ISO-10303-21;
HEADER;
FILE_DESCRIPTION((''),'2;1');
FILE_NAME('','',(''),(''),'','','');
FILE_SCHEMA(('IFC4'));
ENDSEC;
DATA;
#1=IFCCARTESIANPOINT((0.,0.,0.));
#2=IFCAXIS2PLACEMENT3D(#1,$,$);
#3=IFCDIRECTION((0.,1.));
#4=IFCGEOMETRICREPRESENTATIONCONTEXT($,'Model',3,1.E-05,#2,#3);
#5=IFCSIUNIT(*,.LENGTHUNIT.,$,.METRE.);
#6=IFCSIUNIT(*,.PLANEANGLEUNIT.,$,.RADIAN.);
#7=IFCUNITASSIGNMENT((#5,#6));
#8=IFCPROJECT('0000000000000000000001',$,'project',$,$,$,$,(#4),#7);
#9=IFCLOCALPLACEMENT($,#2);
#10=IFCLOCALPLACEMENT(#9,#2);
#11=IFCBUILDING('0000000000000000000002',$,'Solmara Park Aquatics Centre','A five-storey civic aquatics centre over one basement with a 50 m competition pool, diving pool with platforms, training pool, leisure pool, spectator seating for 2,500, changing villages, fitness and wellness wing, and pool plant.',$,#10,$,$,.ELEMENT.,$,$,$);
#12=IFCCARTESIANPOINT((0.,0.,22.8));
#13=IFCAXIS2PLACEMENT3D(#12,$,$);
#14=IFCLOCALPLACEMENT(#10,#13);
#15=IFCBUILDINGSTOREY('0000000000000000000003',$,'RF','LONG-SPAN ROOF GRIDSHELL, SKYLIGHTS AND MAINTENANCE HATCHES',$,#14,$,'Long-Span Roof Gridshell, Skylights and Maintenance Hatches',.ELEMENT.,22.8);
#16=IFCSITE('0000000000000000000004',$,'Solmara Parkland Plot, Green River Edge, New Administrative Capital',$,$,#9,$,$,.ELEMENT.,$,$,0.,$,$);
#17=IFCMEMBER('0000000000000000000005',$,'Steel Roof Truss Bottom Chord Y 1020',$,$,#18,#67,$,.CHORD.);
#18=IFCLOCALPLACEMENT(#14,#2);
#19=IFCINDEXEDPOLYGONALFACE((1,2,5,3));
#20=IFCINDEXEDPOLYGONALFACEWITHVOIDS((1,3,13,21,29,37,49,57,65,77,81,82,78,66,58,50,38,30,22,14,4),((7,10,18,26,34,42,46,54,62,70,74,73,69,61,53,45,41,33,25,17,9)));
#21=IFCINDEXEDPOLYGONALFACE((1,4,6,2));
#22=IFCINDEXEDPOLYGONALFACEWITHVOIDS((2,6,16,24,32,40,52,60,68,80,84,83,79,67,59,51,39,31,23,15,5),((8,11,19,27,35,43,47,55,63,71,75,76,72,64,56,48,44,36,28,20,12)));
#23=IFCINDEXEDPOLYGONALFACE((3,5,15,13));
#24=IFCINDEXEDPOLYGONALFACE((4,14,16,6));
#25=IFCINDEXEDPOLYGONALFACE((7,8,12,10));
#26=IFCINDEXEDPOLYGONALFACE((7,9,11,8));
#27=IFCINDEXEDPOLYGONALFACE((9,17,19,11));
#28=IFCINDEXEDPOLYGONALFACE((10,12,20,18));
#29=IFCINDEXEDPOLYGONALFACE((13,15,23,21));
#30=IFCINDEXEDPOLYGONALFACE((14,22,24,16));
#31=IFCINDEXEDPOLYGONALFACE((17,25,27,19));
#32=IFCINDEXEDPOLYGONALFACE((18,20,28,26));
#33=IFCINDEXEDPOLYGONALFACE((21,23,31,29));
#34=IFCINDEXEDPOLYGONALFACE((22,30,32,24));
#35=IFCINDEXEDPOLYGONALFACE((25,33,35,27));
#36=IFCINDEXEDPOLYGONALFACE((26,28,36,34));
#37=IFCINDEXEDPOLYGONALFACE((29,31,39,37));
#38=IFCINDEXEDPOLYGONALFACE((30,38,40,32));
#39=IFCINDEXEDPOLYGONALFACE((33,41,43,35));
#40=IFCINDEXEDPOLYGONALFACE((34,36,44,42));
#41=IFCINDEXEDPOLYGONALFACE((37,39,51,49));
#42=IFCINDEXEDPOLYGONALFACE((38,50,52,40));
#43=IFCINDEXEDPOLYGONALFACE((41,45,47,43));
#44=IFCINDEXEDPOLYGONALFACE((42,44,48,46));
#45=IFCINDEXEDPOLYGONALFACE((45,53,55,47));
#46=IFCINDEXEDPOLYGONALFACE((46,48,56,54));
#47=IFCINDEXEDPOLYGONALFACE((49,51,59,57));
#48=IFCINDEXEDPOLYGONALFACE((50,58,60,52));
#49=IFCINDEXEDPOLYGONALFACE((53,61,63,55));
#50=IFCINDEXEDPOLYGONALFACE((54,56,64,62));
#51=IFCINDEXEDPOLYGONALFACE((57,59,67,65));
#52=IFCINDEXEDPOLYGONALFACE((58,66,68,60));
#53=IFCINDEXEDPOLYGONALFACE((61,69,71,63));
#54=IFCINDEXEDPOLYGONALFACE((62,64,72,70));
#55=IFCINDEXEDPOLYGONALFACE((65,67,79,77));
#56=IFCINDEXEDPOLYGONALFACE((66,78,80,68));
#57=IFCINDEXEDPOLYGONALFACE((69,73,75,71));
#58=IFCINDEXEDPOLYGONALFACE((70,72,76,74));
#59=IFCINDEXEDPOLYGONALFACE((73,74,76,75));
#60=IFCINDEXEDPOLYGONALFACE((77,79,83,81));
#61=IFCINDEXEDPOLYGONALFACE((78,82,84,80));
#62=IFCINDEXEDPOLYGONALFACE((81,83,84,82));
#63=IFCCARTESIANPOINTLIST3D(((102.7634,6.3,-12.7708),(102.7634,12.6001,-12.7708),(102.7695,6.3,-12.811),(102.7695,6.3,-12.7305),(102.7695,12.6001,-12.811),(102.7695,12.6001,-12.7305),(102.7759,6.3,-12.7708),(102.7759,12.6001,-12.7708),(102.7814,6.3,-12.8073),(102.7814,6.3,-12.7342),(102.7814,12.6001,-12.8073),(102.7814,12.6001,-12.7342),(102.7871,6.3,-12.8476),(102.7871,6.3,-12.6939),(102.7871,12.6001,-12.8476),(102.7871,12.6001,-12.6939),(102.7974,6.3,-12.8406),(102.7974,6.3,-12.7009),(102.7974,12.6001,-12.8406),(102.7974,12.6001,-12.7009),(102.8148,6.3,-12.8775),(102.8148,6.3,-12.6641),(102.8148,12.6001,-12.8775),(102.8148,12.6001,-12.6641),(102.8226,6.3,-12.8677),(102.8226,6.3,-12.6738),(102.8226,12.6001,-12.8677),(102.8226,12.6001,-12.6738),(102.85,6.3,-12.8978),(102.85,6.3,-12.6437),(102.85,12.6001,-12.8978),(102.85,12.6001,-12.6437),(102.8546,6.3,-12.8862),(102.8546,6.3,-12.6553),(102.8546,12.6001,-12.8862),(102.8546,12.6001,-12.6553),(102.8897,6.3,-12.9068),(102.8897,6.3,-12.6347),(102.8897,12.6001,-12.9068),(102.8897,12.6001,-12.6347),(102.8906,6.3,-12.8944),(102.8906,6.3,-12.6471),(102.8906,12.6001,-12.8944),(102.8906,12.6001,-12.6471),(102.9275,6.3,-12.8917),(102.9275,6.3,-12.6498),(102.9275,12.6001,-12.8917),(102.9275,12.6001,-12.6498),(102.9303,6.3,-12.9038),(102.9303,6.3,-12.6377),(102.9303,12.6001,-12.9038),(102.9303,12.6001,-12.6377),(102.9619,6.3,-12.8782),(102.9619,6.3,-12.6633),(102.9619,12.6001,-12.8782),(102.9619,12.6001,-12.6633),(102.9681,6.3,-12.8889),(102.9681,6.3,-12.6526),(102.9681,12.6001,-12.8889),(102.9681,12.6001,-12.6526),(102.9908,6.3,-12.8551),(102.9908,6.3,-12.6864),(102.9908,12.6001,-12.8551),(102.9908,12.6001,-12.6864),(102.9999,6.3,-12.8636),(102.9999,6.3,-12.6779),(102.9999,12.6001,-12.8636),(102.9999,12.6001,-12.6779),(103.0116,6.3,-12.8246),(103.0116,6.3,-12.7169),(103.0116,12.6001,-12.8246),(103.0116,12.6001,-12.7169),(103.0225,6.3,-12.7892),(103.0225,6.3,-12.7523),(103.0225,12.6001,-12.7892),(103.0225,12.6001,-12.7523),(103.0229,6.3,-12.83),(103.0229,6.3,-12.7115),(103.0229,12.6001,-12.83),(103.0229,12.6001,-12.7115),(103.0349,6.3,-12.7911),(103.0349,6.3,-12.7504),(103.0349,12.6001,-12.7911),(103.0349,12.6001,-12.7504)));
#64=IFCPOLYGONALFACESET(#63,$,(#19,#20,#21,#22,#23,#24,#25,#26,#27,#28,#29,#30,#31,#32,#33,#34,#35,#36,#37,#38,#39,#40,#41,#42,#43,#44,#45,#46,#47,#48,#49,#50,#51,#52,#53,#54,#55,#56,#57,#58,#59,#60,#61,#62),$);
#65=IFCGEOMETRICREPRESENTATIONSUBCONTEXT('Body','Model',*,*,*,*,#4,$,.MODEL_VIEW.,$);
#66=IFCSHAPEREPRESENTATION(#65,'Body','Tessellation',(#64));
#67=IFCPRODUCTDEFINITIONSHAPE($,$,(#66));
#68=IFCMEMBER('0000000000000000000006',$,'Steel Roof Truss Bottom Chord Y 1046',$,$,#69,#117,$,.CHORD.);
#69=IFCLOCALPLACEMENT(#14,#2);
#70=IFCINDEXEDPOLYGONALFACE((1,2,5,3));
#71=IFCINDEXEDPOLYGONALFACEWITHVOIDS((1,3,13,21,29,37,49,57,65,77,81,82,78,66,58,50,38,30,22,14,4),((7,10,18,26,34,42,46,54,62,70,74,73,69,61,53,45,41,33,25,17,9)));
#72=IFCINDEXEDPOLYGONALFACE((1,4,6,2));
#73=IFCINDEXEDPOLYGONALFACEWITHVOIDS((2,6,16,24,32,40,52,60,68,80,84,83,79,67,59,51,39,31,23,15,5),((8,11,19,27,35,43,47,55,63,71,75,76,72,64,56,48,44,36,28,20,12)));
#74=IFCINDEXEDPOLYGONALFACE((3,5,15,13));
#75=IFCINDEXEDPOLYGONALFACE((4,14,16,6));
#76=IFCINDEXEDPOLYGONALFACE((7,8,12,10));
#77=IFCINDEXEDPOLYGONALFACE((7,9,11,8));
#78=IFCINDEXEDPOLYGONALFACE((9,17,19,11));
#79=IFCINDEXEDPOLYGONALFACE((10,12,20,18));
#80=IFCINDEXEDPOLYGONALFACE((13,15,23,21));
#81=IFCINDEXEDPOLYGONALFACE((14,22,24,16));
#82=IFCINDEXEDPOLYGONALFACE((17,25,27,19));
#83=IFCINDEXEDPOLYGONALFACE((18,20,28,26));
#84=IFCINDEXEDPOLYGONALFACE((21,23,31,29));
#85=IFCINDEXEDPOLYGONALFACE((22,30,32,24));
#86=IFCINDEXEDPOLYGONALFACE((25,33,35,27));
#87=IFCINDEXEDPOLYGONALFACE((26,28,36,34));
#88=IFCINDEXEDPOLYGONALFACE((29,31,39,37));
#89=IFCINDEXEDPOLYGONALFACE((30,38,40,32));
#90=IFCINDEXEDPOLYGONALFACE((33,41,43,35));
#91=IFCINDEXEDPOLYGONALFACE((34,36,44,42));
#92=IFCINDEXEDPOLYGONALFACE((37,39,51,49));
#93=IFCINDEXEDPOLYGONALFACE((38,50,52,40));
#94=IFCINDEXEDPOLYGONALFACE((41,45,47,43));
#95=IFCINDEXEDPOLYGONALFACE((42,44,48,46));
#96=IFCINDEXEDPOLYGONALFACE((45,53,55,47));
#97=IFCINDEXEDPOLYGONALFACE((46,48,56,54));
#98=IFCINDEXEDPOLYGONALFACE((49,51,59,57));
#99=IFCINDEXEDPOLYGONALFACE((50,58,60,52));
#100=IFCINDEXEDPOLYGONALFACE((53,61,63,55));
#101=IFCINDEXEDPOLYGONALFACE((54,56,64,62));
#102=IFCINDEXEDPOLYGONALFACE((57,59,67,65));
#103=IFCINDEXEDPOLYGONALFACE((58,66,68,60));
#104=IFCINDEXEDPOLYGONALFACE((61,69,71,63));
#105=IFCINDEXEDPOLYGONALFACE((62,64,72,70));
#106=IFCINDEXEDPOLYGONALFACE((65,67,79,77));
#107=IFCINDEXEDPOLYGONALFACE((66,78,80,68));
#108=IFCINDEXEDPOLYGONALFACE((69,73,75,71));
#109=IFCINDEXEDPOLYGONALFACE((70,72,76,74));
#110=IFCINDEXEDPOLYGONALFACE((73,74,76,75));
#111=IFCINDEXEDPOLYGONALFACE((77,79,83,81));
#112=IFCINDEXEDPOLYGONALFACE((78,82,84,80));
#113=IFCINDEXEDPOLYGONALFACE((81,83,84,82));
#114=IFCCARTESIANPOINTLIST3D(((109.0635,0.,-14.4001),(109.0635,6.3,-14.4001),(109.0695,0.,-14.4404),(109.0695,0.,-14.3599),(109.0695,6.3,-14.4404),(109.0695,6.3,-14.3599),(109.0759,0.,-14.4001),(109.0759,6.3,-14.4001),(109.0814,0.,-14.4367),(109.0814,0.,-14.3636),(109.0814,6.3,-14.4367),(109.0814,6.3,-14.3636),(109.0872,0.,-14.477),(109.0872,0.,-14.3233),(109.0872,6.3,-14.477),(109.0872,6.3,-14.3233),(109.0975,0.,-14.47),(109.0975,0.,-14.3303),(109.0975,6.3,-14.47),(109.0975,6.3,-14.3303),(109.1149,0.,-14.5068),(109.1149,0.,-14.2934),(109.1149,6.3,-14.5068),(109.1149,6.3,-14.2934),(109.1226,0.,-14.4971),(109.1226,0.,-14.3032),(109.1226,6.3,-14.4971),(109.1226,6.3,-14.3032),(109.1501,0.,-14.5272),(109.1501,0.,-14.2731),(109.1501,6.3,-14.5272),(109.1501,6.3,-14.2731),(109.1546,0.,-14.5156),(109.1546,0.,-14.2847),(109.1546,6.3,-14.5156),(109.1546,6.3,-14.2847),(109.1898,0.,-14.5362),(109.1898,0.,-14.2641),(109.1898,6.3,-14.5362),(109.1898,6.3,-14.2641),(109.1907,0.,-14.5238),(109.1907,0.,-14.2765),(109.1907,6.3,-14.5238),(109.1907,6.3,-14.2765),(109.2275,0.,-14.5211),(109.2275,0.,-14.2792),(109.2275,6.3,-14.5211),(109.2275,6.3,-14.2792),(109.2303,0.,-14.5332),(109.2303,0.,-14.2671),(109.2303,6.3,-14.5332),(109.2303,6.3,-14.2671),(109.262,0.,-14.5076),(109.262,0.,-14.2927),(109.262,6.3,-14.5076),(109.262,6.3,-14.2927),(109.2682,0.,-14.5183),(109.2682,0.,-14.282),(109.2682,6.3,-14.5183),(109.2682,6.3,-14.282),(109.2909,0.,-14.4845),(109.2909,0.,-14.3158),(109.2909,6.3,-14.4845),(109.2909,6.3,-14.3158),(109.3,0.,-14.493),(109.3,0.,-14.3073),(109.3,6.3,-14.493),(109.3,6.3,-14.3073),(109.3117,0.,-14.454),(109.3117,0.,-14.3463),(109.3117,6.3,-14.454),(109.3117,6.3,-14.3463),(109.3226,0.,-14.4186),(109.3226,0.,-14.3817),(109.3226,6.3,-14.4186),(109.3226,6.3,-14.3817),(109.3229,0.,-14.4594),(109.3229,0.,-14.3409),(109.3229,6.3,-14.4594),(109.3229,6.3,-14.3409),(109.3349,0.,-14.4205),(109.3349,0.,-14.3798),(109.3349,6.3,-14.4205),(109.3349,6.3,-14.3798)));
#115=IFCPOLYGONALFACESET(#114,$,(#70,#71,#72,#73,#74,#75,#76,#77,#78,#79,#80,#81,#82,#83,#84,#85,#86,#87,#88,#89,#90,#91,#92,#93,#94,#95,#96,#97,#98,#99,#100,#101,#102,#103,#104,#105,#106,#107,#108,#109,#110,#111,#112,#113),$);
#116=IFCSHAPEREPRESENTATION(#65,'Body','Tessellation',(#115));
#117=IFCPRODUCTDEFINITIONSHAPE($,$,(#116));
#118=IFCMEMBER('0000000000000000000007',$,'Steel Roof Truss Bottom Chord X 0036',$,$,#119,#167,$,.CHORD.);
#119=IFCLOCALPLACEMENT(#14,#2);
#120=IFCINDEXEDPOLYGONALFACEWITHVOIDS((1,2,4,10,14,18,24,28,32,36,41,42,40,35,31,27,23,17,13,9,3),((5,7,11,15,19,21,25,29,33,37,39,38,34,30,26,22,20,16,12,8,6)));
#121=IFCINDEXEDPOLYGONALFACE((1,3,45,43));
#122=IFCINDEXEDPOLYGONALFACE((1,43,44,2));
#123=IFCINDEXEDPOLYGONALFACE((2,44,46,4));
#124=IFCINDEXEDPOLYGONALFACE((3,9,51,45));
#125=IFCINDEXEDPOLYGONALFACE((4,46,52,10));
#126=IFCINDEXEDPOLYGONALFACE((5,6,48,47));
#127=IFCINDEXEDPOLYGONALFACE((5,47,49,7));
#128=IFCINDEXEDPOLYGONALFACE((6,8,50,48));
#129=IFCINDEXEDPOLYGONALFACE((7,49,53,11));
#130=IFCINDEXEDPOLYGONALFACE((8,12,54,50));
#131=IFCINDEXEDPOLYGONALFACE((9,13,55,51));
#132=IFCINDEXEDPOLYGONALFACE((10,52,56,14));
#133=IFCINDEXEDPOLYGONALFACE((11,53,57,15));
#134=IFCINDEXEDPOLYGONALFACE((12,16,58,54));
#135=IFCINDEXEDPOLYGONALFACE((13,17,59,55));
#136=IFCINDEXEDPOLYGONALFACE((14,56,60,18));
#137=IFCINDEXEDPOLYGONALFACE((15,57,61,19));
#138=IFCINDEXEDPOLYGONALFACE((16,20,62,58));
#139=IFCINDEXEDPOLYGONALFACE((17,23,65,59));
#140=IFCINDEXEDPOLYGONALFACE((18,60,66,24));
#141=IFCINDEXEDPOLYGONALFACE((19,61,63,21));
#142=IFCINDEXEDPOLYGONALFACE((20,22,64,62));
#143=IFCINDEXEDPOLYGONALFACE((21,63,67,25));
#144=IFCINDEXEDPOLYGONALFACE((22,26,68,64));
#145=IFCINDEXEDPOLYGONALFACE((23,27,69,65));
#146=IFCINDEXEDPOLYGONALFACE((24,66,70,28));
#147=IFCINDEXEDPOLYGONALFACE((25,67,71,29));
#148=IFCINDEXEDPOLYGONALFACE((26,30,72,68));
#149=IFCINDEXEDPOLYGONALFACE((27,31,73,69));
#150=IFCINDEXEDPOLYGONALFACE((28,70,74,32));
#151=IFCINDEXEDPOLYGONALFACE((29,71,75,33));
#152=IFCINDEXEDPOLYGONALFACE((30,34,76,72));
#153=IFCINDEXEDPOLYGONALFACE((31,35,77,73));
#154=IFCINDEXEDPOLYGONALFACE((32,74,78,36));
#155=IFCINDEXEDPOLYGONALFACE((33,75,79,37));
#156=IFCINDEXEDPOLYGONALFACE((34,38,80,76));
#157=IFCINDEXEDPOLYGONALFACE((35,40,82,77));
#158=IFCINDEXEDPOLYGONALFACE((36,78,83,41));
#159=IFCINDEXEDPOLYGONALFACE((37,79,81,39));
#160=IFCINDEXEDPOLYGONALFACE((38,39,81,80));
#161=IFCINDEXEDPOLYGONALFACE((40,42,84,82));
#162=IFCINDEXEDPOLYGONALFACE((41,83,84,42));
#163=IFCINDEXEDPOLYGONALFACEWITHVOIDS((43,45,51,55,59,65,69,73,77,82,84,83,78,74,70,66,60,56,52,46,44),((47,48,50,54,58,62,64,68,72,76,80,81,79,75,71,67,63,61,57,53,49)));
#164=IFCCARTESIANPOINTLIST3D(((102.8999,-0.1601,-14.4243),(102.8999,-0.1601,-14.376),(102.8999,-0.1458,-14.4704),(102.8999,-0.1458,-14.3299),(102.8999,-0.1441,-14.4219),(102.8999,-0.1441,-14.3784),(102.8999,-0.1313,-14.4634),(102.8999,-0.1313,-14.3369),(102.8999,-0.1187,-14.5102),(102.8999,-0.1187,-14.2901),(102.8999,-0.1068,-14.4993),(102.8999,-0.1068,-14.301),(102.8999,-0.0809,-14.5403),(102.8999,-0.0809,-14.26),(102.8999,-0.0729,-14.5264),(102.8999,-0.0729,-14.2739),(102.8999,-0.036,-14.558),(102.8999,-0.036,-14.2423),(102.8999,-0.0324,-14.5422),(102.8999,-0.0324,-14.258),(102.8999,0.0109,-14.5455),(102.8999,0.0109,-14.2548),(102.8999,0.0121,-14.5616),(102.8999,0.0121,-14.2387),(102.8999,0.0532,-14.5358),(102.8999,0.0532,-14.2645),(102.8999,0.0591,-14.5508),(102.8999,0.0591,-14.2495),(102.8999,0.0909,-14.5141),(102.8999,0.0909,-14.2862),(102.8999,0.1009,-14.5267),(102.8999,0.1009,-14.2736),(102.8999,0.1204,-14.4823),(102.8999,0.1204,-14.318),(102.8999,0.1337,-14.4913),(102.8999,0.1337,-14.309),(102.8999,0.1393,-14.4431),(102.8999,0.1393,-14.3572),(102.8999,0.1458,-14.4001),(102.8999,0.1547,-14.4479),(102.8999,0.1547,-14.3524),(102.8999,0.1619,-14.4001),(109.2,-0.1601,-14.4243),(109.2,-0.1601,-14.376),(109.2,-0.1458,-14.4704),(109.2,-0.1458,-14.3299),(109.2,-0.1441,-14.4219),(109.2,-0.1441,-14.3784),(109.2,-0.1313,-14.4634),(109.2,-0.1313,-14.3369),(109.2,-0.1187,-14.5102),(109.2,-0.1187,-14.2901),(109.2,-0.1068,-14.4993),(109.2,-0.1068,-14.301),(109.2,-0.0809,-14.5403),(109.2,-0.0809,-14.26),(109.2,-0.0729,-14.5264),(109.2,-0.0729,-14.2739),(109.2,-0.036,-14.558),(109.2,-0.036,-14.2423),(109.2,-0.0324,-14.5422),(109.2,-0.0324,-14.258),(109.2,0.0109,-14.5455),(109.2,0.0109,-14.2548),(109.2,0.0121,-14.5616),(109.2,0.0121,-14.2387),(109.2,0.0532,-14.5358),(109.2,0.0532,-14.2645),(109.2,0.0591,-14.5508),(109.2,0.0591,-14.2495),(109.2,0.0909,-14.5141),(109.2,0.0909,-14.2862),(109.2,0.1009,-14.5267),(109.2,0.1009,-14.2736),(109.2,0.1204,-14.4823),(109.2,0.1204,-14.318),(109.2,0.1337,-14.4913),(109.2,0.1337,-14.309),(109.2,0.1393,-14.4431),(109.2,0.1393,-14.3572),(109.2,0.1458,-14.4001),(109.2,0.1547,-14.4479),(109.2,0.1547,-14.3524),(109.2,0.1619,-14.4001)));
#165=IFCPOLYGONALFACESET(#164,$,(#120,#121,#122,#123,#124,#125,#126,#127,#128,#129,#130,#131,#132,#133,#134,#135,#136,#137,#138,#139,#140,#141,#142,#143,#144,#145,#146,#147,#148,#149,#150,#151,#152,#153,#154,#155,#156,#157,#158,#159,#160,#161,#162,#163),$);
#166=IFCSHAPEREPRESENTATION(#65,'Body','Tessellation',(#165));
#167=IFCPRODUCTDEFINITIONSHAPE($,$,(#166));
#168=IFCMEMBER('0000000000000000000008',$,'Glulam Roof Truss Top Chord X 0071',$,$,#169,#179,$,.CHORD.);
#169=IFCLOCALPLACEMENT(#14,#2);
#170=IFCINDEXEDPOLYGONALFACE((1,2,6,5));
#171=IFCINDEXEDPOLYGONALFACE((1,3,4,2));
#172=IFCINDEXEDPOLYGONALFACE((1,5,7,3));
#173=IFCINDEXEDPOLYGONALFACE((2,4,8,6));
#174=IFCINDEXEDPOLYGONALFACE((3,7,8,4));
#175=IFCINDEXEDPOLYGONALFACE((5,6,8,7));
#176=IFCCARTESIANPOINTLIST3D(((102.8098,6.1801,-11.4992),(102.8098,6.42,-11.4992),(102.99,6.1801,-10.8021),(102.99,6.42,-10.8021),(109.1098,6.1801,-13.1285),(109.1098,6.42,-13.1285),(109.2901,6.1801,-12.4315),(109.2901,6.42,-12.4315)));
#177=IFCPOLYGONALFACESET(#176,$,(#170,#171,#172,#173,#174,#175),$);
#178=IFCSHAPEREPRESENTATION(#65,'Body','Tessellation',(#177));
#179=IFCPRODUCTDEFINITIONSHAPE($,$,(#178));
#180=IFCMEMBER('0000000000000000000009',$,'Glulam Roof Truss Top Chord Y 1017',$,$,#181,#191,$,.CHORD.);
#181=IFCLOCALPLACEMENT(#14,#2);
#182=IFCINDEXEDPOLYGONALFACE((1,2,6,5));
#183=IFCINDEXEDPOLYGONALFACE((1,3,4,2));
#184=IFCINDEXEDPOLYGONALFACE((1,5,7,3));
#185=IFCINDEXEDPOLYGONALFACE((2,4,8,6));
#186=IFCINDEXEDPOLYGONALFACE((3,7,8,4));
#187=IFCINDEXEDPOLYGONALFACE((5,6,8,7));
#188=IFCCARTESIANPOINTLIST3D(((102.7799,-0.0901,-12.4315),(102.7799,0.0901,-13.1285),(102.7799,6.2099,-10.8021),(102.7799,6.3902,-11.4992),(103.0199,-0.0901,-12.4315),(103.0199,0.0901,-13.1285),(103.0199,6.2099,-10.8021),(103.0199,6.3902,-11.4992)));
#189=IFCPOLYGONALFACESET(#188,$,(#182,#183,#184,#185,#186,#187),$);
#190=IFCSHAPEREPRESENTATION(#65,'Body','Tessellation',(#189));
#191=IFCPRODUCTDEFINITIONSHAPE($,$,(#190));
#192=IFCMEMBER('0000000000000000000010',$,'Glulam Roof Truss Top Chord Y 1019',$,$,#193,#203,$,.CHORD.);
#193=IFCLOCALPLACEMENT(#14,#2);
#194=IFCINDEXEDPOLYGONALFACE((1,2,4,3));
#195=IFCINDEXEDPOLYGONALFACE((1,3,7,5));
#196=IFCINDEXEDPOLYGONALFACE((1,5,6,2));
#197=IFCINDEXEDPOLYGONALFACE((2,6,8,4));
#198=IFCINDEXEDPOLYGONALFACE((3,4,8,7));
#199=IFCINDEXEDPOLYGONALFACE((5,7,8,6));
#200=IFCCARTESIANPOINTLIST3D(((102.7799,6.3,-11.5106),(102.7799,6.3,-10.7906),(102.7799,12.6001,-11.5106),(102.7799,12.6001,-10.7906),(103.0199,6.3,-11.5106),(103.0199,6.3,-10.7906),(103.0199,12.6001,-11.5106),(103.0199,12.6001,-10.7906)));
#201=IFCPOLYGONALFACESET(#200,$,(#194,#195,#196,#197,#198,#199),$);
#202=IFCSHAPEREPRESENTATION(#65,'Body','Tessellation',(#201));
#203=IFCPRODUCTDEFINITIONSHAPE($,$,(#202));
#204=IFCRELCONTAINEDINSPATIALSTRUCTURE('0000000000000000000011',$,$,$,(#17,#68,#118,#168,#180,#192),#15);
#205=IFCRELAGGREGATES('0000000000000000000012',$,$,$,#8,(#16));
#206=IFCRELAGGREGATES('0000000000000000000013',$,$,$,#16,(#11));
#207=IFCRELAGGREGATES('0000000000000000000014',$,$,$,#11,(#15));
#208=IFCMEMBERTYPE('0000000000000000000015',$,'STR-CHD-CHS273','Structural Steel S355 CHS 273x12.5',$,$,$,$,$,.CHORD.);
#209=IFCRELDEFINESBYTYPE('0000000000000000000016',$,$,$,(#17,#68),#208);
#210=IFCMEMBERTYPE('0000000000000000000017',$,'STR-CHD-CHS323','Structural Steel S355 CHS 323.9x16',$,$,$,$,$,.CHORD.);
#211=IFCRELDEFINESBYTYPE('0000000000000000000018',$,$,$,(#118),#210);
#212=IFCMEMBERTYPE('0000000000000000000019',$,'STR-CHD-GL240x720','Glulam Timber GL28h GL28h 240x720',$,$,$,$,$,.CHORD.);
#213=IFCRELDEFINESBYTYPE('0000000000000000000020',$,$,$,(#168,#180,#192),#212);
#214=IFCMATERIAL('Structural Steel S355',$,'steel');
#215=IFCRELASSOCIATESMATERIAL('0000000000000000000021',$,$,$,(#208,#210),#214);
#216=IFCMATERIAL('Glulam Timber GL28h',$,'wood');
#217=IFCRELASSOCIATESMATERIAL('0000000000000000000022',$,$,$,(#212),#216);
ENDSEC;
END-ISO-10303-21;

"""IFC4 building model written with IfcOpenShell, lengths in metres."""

from ifc_helpers import new_model, si_unit, direction, frame, origin, origin_2d, place, context, subcontext, project, spatial, rectangle, hollow_circle, extrude, material, material_profile, profile_set, type_object, element, save


model = new_model("IFC4")

# Units and contexts
model_context = context("Model", 3, precision=1e-05, world=origin(), true_north=direction((0.0, 1.0)))
body_context = subcontext(model_context, "Body", "Model", "MODEL_VIEW")
ifc_project = project(units=[si_unit("LENGTHUNIT", "METRE"), si_unit("PLANEANGLEUNIT", "RADIAN")], contexts=[model_context])

# Site, building, storey
site_placement = place(None, origin())
site = spatial("IfcSite", under=ifc_project, at=site_placement, Name="Solmara Parkland Plot, Green River Edge, New Administrative Capital", CompositionType="ELEMENT", RefElevation=0.0)
building_placement = place(site_placement, origin())
building = spatial("IfcBuilding", under=site, at=building_placement, Name="Solmara Park Aquatics Centre", Description="A five-storey civic aquatics centre over one basement with a 50 m competition pool, diving pool with platforms, training pool, leisure pool, spectator seating for 2,500, changing villages, fitness and wellness wing, and pool plant.", CompositionType="ELEMENT")
storey_placement = place(building_placement, frame((0.0, 0.0, 22.8)))
storey = spatial("IfcBuildingStorey", under=building, at=storey_placement, Name="RF", Description="LONG-SPAN ROOF GRIDSHELL, SKYLIGHTS AND MAINTENANCE HATCHES", LongName="Long-Span Roof Gridshell, Skylights and Maintenance Hatches", CompositionType="ELEMENT", Elevation=22.8)

# Members
ifc_material_1 = material(Name="Structural Steel S355", Category="steel")
ifc_material_profile_1 = material_profile(ifc_material_1, hollow_circle(Radius=0.1365, WallThickness=0.0125, at=origin_2d()), Name="CHS 273x12.5")
ifc_profile_set_1 = profile_set([ifc_material_profile_1], Name="Structural Steel S355")
member_type_1 = type_object("IfcMemberType", Name="STR-CHD-CHS273", Description="Structural Steel S355 CHS 273x12.5", PredefinedType="CHORD", material=ifc_profile_set_1)
for number, where, z_axis, x_axis, name in (
    (1, (102.8999, 6.3, -12.7708), (0.0, 1.0, 0.0), (-1.0, 0.0, 0.0), "Steel Roof Truss Bottom Chord Y 1020"),
    (2, (109.2, 0.0, -14.4001), (0.0, 1.0, 0.0), (-1.0, 0.0, 0.0), "Steel Roof Truss Bottom Chord Y 1046"),
):
    element("IfcMember", number, at=place(storey_placement, frame(where, z_axis=z_axis, x_axis=x_axis)), inside=storey, type_object=member_type_1, Name=name, PredefinedType="CHORD", context=body_context, shape_type="SweptSolid", body=[
        extrude(hollow_circle(Radius=0.1365, WallThickness=0.0125, at=origin_2d()), origin(), (0.0, 0.0, 1.0), 6.3),
    ])
ifc_material_profile_2 = material_profile(ifc_material_1, hollow_circle(Radius=0.1619, WallThickness=0.0161, at=origin_2d()), Name="CHS 323.9x16")
ifc_profile_set_2 = profile_set([ifc_material_profile_2], Name="Structural Steel S355")
member_type_2 = type_object("IfcMemberType", Name="STR-CHD-CHS323", Description="Structural Steel S355 CHS 323.9x16", PredefinedType="CHORD", material=ifc_profile_set_2)
member_1_placement = place(storey_placement, frame((102.8999, 0.0, -14.4001), z_axis=(1.0, 0.0, 0.0), x_axis=(0.0, 1.0, 0.0)))
element("IfcMember", 3, at=member_1_placement, inside=storey, type_object=member_type_2, Name="Steel Roof Truss Bottom Chord X 0036", PredefinedType="CHORD", context=body_context, shape_type="SweptSolid", body=[
    extrude(hollow_circle(Radius=0.1619, WallThickness=0.0161, at=origin_2d()), origin(), (0.0, 0.0, 1.0), 6.3),
])
ifc_material_2 = material(Name="Glulam Timber GL28h", Category="wood")
ifc_material_profile_3 = material_profile(ifc_material_2, rectangle(XDim=0.24, YDim=0.72, at=origin_2d()), Name="GL28h 240x720")
ifc_profile_set_3 = profile_set([ifc_material_profile_3], Name="Glulam Timber GL28h")
member_type_3 = type_object("IfcMemberType", Name="STR-CHD-GL240x720", Description="Glulam Timber GL28h GL28h 240x720", PredefinedType="CHORD", material=ifc_profile_set_3)
for number, where, z_axis, x_axis, name in (
    (4, (102.8999, 6.3, -11.1506), (0.968144, 0.0, -0.250393), (0.0, 1.0, 0.0), "Glulam Roof Truss Top Chord X 0071"),
    (5, (102.8999, 0.0, -12.78), (0.0, 0.968144, 0.250393), (-1.0, 0.0, 0.0), "Glulam Roof Truss Top Chord Y 1017"),
):
    element("IfcMember", number, at=place(storey_placement, frame(where, z_axis=z_axis, x_axis=x_axis)), inside=storey, type_object=member_type_3, Name=name, PredefinedType="CHORD", context=body_context, shape_type="SweptSolid", body=[
        extrude(rectangle(XDim=0.24, YDim=0.72, at=origin_2d()), origin(), (0.0, 0.0, 1.0), 6.5073),
    ])
for number, where, z_axis, x_axis, name in (
    (6, (102.8999, 6.3, -11.1506), (0.0, 1.0, 0.0), (-1.0, 0.0, 0.0), "Glulam Roof Truss Top Chord Y 1019"),
):
    element("IfcMember", number, at=place(storey_placement, frame(where, z_axis=z_axis, x_axis=x_axis)), inside=storey, type_object=member_type_3, Name=name, PredefinedType="CHORD", context=body_context, shape_type="SweptSolid", body=[
        extrude(rectangle(XDim=0.24, YDim=0.72, at=origin_2d()), origin(), (0.0, 0.0, 1.0), 6.3),
    ])

save(model, "model.ifc")
